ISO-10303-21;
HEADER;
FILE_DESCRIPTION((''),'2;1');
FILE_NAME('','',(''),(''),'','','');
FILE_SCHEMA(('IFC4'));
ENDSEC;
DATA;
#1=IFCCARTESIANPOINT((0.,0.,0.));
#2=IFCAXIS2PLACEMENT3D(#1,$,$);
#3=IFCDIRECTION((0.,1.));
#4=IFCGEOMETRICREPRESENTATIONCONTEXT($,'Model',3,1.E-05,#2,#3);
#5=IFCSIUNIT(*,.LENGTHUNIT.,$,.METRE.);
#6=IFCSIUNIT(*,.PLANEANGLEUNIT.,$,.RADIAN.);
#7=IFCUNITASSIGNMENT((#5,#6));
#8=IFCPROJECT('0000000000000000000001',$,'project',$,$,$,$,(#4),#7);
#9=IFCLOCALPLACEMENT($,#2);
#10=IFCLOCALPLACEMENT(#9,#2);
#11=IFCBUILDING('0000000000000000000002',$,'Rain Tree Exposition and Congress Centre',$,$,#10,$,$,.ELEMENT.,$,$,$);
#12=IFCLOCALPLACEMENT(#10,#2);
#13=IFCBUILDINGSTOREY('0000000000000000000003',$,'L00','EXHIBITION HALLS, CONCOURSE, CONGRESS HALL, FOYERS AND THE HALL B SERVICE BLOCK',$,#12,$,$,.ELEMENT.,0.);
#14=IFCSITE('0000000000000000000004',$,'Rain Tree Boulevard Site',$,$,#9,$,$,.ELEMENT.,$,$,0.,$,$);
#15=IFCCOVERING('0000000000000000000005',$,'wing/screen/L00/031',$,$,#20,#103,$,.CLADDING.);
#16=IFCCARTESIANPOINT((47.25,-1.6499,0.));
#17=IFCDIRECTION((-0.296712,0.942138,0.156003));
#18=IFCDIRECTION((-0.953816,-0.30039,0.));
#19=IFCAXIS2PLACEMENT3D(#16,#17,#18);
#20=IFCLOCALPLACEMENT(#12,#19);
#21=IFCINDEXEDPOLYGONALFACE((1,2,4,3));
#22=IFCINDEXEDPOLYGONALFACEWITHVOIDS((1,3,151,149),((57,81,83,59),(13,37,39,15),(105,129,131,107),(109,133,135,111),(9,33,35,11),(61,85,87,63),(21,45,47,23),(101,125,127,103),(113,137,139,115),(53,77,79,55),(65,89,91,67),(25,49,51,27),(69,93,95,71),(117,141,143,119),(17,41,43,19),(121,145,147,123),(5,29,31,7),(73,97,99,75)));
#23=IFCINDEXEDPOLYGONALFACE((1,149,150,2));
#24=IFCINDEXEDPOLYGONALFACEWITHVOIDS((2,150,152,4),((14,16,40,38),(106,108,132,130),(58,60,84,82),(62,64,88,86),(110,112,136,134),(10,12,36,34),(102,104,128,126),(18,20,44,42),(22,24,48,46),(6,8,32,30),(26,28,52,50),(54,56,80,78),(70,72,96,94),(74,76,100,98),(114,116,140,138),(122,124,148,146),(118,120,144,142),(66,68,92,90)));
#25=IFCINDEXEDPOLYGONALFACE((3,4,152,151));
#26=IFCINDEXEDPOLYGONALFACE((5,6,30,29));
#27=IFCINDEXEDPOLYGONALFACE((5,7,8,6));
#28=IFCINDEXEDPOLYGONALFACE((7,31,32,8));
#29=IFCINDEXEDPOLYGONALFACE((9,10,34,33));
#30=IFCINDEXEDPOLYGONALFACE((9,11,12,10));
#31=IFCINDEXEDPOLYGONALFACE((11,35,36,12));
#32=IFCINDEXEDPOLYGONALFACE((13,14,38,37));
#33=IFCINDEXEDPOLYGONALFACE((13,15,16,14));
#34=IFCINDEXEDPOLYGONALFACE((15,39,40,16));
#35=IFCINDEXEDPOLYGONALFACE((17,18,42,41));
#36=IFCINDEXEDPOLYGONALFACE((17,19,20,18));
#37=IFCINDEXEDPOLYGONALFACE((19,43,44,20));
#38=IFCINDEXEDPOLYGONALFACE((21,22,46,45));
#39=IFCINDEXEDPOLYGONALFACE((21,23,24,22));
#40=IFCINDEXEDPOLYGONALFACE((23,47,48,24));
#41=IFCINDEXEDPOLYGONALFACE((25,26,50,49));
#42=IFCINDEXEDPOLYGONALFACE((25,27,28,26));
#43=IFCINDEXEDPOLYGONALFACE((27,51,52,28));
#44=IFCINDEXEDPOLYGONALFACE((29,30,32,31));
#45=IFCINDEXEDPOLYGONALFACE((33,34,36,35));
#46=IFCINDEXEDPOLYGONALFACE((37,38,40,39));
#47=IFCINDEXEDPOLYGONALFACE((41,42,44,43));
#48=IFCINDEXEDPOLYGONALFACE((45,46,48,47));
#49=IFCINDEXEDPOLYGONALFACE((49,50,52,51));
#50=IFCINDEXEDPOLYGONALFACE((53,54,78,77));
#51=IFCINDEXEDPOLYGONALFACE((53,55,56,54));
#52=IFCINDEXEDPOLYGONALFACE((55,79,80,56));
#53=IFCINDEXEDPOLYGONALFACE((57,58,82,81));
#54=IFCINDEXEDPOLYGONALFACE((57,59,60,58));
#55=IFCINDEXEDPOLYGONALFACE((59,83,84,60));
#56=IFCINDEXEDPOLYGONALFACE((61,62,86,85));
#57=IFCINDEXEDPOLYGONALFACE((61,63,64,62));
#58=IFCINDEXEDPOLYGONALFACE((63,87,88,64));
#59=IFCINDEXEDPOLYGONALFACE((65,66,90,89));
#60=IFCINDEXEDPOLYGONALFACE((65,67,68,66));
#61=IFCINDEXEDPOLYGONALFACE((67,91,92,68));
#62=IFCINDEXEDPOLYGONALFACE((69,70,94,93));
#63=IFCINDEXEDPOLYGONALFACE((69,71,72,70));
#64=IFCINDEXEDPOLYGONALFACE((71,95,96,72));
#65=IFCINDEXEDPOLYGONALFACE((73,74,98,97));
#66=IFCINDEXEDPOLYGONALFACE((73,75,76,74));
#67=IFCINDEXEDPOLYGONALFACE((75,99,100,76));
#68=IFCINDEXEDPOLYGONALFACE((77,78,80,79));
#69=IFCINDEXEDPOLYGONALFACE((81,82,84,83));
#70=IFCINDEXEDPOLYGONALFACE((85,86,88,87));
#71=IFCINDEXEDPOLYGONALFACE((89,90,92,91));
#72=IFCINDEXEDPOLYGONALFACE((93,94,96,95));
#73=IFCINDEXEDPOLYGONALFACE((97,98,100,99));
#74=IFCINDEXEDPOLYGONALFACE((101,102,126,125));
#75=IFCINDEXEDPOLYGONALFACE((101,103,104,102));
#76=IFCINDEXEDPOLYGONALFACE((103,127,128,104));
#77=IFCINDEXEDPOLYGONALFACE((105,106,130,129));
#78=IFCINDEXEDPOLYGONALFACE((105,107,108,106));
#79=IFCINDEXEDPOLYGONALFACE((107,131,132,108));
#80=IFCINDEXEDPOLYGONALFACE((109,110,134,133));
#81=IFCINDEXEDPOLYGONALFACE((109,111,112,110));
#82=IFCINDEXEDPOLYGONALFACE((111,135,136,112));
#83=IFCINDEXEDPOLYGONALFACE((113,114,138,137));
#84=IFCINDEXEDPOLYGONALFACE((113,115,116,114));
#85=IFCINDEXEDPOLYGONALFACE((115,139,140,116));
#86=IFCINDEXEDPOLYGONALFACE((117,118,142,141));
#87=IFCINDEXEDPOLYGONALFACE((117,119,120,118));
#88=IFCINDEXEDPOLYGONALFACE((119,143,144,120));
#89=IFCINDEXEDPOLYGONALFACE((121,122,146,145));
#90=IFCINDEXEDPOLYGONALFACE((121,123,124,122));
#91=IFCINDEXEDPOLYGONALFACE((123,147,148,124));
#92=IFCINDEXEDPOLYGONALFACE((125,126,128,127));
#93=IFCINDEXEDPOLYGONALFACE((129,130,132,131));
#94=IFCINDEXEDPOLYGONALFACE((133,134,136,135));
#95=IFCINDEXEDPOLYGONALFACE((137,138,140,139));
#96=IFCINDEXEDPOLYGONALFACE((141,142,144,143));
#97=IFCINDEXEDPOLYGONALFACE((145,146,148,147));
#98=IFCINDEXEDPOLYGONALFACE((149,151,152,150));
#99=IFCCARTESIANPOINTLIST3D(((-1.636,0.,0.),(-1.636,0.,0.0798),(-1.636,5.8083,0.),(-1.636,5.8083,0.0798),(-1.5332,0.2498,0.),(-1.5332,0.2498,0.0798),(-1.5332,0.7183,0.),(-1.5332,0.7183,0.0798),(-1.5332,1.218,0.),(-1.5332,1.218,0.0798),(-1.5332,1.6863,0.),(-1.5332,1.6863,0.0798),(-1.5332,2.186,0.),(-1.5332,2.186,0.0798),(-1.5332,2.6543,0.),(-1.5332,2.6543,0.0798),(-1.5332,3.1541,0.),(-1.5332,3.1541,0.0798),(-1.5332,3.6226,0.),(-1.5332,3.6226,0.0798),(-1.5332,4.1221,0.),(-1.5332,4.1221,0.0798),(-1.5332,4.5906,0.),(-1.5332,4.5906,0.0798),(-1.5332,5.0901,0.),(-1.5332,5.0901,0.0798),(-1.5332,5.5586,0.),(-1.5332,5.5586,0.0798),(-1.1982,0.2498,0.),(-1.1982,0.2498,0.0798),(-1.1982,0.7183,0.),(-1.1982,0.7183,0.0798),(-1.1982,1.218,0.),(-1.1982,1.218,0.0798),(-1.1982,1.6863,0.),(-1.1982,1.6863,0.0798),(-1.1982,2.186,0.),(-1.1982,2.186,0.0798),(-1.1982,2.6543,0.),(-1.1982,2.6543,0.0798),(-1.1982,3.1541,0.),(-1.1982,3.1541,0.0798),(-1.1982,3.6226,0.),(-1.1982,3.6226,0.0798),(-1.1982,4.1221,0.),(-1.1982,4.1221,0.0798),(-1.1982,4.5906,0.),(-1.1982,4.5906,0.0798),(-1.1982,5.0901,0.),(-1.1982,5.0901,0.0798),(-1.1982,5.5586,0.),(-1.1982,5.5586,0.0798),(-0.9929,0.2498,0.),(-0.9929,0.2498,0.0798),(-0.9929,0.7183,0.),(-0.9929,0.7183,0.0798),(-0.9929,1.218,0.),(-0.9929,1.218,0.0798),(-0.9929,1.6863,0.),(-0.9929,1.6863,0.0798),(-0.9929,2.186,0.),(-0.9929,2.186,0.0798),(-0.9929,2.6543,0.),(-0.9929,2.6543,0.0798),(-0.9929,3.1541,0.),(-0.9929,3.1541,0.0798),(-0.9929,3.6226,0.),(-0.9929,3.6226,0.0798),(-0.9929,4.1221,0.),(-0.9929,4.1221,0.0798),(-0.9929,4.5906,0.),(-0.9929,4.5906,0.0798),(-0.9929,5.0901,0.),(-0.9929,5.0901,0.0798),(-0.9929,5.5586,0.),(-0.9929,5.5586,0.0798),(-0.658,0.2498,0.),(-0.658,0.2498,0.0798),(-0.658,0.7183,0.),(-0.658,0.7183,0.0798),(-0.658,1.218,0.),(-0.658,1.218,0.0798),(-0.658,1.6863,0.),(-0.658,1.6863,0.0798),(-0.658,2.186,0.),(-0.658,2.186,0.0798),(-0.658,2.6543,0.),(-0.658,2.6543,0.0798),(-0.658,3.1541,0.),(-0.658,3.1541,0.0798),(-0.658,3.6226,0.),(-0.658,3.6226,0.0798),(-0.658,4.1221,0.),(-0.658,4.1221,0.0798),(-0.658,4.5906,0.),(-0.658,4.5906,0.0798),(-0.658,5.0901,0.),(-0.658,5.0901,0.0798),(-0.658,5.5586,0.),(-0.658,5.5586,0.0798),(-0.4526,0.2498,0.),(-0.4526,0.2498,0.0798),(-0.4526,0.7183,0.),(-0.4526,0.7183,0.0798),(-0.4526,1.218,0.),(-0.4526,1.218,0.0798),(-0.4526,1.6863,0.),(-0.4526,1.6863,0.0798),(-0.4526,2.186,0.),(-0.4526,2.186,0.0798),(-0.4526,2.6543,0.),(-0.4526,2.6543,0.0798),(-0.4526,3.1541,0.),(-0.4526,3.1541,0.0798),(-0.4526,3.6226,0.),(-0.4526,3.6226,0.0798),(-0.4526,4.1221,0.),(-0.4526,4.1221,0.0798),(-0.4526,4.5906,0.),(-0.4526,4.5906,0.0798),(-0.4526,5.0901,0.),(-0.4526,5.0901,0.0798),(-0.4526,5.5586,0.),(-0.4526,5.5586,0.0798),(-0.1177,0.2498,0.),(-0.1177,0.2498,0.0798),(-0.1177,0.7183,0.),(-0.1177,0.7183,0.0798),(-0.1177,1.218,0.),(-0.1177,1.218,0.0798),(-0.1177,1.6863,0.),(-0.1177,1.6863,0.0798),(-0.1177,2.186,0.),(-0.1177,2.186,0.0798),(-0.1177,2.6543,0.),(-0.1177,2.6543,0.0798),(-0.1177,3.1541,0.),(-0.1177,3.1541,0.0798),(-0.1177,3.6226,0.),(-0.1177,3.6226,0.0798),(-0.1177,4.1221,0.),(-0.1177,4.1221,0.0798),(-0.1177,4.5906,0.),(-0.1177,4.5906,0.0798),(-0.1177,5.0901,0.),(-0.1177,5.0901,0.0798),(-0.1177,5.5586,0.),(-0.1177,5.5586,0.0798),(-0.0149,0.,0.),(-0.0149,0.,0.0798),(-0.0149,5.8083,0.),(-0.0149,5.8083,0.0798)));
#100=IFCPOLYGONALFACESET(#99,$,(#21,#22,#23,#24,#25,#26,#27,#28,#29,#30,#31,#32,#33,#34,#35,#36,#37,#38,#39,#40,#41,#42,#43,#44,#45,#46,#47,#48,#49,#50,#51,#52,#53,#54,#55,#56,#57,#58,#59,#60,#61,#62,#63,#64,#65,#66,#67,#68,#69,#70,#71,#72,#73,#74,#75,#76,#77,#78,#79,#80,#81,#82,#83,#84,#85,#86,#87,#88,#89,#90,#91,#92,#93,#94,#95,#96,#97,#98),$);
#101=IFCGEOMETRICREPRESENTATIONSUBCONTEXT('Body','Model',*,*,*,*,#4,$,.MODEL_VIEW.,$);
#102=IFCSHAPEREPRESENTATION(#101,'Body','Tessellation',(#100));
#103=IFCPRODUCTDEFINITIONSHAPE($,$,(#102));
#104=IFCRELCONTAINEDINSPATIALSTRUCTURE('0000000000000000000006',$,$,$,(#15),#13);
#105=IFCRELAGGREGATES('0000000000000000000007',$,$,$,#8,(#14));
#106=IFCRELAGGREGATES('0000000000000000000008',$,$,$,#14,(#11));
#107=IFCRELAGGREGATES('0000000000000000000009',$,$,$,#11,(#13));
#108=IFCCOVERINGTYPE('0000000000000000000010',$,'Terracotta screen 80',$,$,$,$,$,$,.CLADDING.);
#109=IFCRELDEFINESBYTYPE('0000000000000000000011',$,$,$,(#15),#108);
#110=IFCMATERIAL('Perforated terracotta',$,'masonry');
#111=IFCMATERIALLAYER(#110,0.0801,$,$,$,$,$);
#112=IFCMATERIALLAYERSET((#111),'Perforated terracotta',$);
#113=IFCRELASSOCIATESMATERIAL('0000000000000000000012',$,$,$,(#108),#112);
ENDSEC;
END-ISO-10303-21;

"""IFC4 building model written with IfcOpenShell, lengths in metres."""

from ifc_helpers import new_model, si_unit, direction, frame, origin, place, context, subcontext, project, spatial, polyline, outline, extrude, material, layer, layer_set, type_object, element, save


model = new_model("IFC4")

# Units and contexts
model_context = context("Model", 3, precision=1e-05, world=origin(), true_north=direction((0.0, 1.0)))
body_context = subcontext(model_context, "Body", "Model", "MODEL_VIEW")
ifc_project = project(units=[si_unit("LENGTHUNIT", "METRE"), si_unit("PLANEANGLEUNIT", "RADIAN")], contexts=[model_context])

# Site, building, storey
site_placement = place(None, origin())
site = spatial("IfcSite", under=ifc_project, at=site_placement, Name="Rain Tree Boulevard Site", CompositionType="ELEMENT", RefElevation=0.0)
building_placement = place(site_placement, origin())
building = spatial("IfcBuilding", under=site, at=building_placement, Name="Rain Tree Exposition and Congress Centre", CompositionType="ELEMENT")
storey_placement = place(building_placement, origin())
storey = spatial("IfcBuildingStorey", under=building, at=storey_placement, Name="L00", Description="EXHIBITION HALLS, CONCOURSE, CONGRESS HALL, FOYERS AND THE HALL B SERVICE BLOCK", CompositionType="ELEMENT", Elevation=0.0)

# Covering
ifc_material_1 = material(Name="Perforated terracotta", Category="masonry")
ifc_layer_1 = layer(ifc_material_1, 0.0801)
ifc_layer_set_1 = layer_set([ifc_layer_1], Name="Perforated terracotta")
covering_type = type_object("IfcCoveringType", Name="Terracotta screen 80", PredefinedType="CLADDING", material=ifc_layer_set_1)
covering_1_placement = place(storey_placement, frame((47.25, -1.6499, 0.0), z_axis=(-0.296712, 0.942138, 0.156003), x_axis=(-0.953816, -0.30039, 0.0)))
element("IfcCovering", 1, at=covering_1_placement, inside=storey, type_object=covering_type, Name="wing/screen/L00/031", PredefinedType="CLADDING", context=body_context, shape_type="SweptSolid", body=[
    extrude(outline(polyline([(-1.636, 0.0), (-1.636, 5.8083), (-0.0149, 5.8083), (-0.0149, 0.0), (-1.636, 0.0)]), holes=[polyline([(-0.1177, 0.2498), (-0.1177, 0.7183), (-0.4526, 0.7183), (-0.4526, 0.2498), (-0.1177, 0.2498)]), polyline([(-0.1177, 1.218), (-0.1177, 1.6863), (-0.4526, 1.6863), (-0.4526, 1.218), (-0.1177, 1.218)]), polyline([(-0.1177, 2.186), (-0.1177, 2.6543), (-0.4526, 2.6543), (-0.4526, 2.186), (-0.1177, 2.186)]), polyline([(-0.1177, 3.1541), (-0.1177, 3.6226), (-0.4526, 3.6226), (-0.4526, 3.1541), (-0.1177, 3.1541)]), polyline([(-0.1177, 4.1221), (-0.1177, 4.5906), (-0.4526, 4.5906), (-0.4526, 4.1221), (-0.1177, 4.1221)]), polyline([(-0.1177, 5.0901), (-0.1177, 5.5586), (-0.4526, 5.5586), (-0.4526, 5.0901), (-0.1177, 5.0901)]), polyline([(-0.658, 0.2498), (-0.658, 0.7183), (-0.9929, 0.7183), (-0.9929, 0.2498), (-0.658, 0.2498)]), polyline([(-0.658, 1.218), (-0.658, 1.6863), (-0.9929, 1.6863), (-0.9929, 1.218), (-0.658, 1.218)]), polyline([(-0.658, 2.186), (-0.658, 2.6543), (-0.9929, 2.6543), (-0.9929, 2.186), (-0.658, 2.186)]), polyline([(-0.658, 3.1541), (-0.658, 3.6226), (-0.9929, 3.6226), (-0.9929, 3.1541), (-0.658, 3.1541)]), polyline([(-0.658, 4.1221), (-0.658, 4.5906), (-0.9929, 4.5906), (-0.9929, 4.1221), (-0.658, 4.1221)]), polyline([(-0.658, 5.0901), (-0.658, 5.5586), (-0.9929, 5.5586), (-0.9929, 5.0901), (-0.658, 5.0901)]), polyline([(-1.1982, 0.2498), (-1.1982, 0.7183), (-1.5332, 0.7183), (-1.5332, 0.2498), (-1.1982, 0.2498)]), polyline([(-1.1982, 1.218), (-1.1982, 1.6863), (-1.5332, 1.6863), (-1.5332, 1.218), (-1.1982, 1.218)]), polyline([(-1.1982, 2.186), (-1.1982, 2.6543), (-1.5332, 2.6543), (-1.5332, 2.186), (-1.1982, 2.186)]), polyline([(-1.1982, 3.1541), (-1.1982, 3.6226), (-1.5332, 3.6226), (-1.5332, 3.1541), (-1.1982, 3.1541)]), polyline([(-1.1982, 4.1221), (-1.1982, 4.5906), (-1.5332, 4.5906), (-1.5332, 4.1221), (-1.1982, 4.1221)]), polyline([(-1.1982, 5.0901), (-1.1982, 5.5586), (-1.5332, 5.5586), (-1.5332, 5.0901), (-1.1982, 5.0901)])]), origin(), (0.0, 0.0, 1.0), 0.0798),
])

save(model, "model.ifc")
